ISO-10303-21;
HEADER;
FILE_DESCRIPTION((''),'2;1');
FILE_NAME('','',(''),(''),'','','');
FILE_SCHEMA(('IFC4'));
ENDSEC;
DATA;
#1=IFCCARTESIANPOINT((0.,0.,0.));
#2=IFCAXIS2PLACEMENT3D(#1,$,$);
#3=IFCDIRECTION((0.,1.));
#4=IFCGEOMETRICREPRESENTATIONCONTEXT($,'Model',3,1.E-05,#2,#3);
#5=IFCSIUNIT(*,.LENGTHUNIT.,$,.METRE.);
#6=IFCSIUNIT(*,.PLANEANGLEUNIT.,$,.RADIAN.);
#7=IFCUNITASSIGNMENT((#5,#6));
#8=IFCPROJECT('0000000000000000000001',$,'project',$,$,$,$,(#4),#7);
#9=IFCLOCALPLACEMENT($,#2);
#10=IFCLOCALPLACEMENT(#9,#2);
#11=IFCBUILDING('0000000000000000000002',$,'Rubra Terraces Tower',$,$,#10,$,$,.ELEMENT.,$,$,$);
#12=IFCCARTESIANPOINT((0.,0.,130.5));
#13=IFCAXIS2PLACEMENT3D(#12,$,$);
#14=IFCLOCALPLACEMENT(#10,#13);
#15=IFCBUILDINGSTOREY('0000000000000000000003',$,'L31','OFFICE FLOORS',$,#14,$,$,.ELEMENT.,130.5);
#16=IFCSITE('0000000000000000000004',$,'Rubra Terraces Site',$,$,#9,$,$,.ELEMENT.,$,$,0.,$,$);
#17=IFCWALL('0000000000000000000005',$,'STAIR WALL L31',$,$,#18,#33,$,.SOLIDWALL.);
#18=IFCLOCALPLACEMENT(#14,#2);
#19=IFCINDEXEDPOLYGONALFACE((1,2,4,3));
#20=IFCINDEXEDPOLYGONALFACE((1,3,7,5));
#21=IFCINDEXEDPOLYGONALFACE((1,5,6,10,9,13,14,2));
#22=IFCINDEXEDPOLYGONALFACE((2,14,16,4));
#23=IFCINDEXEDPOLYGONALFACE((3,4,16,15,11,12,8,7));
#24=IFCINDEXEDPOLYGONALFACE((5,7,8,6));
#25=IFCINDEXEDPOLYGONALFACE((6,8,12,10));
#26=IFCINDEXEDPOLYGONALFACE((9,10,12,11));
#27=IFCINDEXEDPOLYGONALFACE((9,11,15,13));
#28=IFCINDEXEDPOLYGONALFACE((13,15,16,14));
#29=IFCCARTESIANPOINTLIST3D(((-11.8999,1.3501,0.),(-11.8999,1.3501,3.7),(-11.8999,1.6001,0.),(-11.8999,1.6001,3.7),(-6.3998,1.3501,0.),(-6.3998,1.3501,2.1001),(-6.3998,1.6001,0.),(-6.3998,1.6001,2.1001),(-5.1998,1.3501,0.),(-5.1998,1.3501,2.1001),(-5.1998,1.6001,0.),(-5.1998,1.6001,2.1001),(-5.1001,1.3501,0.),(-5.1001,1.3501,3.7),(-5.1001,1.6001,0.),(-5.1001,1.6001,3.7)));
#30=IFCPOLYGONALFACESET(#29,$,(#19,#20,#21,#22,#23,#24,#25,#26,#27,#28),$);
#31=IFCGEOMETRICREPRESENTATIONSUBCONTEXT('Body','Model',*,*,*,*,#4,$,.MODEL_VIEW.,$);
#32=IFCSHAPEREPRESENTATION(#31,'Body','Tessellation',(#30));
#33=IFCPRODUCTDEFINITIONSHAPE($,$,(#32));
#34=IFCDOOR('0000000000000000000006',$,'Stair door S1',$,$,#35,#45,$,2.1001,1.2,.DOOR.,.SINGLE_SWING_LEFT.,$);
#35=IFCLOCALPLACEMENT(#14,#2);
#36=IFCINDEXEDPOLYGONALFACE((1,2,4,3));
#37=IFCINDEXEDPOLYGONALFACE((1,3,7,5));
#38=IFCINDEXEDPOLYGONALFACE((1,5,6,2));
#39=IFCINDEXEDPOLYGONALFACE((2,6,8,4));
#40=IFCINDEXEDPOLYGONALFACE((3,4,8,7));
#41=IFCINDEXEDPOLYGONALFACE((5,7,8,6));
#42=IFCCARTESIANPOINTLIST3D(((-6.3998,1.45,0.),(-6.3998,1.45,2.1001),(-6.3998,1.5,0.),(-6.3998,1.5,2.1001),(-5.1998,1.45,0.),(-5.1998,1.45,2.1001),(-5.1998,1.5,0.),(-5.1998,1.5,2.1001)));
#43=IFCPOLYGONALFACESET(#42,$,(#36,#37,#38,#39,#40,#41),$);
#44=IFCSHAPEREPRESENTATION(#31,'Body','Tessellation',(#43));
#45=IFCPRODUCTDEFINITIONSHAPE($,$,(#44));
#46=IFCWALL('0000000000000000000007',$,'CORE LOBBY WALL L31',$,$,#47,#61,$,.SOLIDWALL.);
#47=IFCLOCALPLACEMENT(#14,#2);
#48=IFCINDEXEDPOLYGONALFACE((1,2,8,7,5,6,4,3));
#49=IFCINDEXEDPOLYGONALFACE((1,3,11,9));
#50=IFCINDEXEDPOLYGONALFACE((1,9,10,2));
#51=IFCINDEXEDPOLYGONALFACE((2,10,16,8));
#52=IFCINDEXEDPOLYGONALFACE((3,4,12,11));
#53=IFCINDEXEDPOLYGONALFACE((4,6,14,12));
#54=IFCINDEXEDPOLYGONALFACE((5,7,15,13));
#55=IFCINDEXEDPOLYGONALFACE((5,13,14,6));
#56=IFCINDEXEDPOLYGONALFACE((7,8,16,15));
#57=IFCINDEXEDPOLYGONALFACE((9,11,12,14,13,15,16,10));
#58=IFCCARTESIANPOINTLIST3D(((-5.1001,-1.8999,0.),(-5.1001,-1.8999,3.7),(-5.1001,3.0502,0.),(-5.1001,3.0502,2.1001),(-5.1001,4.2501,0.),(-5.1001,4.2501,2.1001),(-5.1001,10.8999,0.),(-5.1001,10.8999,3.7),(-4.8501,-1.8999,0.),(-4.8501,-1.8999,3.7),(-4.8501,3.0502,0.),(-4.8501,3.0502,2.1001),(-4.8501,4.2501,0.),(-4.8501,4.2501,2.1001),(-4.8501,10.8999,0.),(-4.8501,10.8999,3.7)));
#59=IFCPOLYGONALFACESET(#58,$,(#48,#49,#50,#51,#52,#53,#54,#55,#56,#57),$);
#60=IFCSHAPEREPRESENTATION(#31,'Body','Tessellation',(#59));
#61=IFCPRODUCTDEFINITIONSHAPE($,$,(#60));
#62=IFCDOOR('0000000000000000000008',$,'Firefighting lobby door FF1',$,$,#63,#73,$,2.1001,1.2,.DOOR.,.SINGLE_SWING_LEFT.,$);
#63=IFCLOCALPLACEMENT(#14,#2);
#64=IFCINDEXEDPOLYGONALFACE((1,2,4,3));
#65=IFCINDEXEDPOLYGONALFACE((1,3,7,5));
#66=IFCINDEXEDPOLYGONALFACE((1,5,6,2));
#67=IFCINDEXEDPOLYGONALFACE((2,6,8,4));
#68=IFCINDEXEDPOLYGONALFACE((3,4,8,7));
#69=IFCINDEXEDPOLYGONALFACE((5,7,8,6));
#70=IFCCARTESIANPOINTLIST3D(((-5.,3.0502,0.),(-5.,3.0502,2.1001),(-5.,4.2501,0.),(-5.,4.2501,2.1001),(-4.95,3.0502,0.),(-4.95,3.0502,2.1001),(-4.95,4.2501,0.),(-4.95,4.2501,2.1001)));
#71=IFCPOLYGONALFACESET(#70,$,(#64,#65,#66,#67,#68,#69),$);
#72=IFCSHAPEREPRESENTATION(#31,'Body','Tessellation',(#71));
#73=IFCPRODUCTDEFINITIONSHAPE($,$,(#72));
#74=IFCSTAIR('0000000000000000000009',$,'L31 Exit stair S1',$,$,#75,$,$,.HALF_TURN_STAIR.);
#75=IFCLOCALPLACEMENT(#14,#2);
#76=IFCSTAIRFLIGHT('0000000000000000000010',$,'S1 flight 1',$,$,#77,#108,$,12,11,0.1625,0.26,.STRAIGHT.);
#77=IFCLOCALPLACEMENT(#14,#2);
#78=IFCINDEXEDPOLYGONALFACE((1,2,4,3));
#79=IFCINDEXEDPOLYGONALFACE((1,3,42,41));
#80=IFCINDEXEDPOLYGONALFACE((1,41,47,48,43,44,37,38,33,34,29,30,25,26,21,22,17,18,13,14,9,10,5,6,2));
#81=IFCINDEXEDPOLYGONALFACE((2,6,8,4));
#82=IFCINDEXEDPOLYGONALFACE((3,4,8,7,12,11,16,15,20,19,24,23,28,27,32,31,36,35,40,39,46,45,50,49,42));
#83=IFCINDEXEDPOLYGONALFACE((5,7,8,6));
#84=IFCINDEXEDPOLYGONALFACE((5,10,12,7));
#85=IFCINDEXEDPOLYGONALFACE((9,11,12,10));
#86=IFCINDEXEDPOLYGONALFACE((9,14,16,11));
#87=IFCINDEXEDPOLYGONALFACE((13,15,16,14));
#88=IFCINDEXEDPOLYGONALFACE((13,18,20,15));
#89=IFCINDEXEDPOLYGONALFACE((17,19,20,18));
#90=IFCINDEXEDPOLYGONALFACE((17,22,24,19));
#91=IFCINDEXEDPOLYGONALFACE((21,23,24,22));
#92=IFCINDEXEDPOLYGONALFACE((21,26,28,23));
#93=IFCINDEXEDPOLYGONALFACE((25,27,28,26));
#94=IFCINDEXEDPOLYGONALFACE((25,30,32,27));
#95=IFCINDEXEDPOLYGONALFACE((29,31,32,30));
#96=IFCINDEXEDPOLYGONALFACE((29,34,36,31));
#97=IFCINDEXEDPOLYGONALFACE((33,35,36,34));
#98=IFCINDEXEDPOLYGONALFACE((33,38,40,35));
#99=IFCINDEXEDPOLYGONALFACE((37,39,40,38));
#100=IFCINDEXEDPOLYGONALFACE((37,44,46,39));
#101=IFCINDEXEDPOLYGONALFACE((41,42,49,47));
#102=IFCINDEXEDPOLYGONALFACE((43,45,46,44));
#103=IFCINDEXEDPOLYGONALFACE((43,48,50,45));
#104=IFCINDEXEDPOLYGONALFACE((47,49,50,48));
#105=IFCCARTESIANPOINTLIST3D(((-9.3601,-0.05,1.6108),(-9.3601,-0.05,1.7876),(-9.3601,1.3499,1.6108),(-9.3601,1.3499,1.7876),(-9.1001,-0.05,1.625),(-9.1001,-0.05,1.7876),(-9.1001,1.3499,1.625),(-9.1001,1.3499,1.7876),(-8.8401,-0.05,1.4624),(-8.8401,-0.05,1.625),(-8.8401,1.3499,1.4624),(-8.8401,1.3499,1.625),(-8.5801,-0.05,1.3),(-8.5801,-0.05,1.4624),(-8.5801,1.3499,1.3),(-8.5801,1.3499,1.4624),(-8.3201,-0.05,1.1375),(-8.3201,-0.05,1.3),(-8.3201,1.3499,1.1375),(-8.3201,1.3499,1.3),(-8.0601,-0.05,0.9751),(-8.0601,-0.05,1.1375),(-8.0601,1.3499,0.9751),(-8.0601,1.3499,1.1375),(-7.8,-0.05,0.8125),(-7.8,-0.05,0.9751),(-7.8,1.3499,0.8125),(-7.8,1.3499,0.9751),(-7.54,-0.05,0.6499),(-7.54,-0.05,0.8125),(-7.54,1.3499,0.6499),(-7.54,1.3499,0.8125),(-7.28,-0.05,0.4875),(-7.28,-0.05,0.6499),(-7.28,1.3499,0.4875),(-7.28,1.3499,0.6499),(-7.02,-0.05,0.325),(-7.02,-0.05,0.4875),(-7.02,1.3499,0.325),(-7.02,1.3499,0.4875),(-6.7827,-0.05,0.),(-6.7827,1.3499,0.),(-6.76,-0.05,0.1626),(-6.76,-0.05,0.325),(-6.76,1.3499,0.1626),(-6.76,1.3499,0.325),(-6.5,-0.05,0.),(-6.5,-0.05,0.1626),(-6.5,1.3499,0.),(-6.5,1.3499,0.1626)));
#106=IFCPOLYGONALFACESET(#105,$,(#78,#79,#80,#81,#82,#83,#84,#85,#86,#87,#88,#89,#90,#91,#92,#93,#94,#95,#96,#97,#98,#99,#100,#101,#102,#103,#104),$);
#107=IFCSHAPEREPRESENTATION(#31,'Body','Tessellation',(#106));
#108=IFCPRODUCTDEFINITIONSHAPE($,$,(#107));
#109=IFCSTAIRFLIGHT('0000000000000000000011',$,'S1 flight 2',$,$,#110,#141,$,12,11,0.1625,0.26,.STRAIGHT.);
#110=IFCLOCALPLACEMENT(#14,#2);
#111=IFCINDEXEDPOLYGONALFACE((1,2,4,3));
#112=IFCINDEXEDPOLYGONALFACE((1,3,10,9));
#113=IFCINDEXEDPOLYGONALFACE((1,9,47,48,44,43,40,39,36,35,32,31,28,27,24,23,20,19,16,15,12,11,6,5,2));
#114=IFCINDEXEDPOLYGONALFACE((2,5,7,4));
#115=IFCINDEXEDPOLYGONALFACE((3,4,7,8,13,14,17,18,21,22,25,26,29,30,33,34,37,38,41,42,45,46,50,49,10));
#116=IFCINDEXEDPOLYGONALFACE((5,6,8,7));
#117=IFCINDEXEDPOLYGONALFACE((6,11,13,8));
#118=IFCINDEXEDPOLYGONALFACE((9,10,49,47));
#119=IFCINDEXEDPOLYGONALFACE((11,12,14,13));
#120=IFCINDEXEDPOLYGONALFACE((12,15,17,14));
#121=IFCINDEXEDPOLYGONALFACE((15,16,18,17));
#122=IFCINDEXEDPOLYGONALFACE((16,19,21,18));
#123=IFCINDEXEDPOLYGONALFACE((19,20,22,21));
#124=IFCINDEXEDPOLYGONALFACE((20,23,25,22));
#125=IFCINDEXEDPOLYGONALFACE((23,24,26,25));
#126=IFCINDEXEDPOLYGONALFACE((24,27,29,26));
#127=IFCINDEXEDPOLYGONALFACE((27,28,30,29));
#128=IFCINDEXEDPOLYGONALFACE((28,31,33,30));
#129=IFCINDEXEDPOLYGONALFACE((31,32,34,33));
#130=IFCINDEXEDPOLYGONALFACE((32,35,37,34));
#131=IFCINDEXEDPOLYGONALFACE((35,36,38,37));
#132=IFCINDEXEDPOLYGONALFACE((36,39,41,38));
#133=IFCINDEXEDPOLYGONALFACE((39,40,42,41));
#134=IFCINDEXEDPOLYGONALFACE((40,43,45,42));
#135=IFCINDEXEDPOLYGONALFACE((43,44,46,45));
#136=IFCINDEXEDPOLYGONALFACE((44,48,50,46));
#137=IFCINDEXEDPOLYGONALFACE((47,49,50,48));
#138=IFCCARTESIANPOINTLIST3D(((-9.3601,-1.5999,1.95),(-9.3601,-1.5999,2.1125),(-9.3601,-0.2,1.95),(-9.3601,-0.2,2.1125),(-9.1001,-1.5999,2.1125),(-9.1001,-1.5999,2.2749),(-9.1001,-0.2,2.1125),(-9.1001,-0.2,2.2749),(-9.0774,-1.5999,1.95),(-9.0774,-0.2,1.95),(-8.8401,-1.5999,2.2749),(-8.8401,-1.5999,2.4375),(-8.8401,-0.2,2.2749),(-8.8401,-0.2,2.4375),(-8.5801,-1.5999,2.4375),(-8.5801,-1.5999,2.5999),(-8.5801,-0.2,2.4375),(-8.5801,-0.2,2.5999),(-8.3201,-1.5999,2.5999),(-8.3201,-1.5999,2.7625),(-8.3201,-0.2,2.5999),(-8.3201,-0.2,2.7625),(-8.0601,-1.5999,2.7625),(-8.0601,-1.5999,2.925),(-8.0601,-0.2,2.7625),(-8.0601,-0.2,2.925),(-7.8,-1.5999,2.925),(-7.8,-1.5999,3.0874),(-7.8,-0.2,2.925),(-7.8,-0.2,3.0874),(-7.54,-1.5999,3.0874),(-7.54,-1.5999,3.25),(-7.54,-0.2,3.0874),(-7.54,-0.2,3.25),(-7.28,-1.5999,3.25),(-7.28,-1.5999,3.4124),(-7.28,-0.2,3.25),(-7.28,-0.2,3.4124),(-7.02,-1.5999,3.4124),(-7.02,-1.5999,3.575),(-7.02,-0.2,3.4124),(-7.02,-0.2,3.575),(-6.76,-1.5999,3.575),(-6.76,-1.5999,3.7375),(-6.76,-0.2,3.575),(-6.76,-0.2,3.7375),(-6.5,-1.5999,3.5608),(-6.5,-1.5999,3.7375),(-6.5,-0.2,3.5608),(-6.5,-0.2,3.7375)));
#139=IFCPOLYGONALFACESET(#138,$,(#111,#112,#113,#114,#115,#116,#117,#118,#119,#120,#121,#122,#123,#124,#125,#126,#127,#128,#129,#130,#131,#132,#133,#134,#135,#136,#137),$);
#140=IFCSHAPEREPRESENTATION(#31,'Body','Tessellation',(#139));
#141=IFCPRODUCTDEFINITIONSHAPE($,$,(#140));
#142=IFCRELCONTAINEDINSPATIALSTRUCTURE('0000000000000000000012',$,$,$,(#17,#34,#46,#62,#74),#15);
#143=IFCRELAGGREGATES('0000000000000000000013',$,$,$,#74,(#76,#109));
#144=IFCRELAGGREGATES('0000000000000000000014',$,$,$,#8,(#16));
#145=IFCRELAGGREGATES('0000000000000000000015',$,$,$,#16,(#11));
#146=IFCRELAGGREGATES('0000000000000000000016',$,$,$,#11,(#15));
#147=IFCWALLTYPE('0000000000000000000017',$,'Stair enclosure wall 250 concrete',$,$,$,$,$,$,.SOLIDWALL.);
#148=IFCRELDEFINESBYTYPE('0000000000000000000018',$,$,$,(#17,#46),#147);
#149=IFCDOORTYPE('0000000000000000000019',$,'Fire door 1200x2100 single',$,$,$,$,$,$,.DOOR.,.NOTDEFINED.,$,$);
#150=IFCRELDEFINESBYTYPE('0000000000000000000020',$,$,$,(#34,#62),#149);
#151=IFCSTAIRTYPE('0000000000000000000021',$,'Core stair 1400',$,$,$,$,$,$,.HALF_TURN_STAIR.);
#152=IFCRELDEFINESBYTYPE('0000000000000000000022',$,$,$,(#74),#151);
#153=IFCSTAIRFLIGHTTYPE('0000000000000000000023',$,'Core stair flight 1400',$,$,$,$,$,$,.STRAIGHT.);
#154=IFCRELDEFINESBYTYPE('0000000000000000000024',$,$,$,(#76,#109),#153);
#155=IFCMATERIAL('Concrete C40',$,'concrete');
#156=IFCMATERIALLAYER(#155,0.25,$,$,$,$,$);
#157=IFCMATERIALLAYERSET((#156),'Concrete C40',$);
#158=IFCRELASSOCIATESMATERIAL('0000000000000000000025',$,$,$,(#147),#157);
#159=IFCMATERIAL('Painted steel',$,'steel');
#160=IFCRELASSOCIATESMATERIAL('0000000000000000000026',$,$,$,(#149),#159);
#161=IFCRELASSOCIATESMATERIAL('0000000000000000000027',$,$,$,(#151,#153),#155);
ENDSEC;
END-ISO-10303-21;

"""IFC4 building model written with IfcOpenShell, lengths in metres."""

from ifc_helpers import new_model, si_unit, direction, frame, frame_2d, origin, place, context, subcontext, project, spatial, polyline, rectangle, outline, extrude, material, layer, layer_set, type_object, element, fill, aggregate, save


model = new_model("IFC4")

# Units and contexts
model_context = context("Model", 3, precision=1e-05, world=origin(), true_north=direction((0.0, 1.0)))
body_context = subcontext(model_context, "Body", "Model", "MODEL_VIEW")
ifc_project = project(units=[si_unit("LENGTHUNIT", "METRE"), si_unit("PLANEANGLEUNIT", "RADIAN")], contexts=[model_context])

# Site, building, storey
site_placement = place(None, origin())
site = spatial("IfcSite", under=ifc_project, at=site_placement, Name="Rubra Terraces Site", CompositionType="ELEMENT", RefElevation=0.0)
building_placement = place(site_placement, origin())
building = spatial("IfcBuilding", under=site, at=building_placement, Name="Rubra Terraces Tower", CompositionType="ELEMENT")
storey_placement = place(building_placement, frame((0.0, 0.0, 130.5)))
storey = spatial("IfcBuildingStorey", under=building, at=storey_placement, Name="L31", Description="OFFICE FLOORS", CompositionType="ELEMENT", Elevation=130.5)

# Shared definitions
ifc_material_1 = material(Name="Painted steel", Category="steel")

# Shared definitions
ifc_material_2 = material(Name="Concrete C40", Category="concrete")

# Walls, openings, doors
ifc_layer_1 = layer(ifc_material_2, 0.25)
ifc_layer_set_1 = layer_set([ifc_layer_1], Name="Concrete C40")
wall_type_1 = type_object("IfcWallType", Name="Stair enclosure wall 250 concrete", PredefinedType="SOLIDWALL", material=ifc_layer_set_1)
wall_1_placement = place(storey_placement, frame((-11.8999, 1.4751, 0.0), z_axis=(0.0, 0.0, 1.0), x_axis=(1.0, 0.0, 0.0)))
wall_1 = element("IfcWall", 1, at=wall_1_placement, inside=storey, type_object=wall_type_1, Name="STAIR WALL L31", PredefinedType="SOLIDWALL", context=body_context, shape_type="SweptSolid", body=[
    extrude(rectangle(XDim=6.7998, YDim=0.25, at=frame_2d((3.3999, 0.0))), origin(), (0.0, 0.0, 1.0), 3.7),
])
opening_1_placement = place(wall_1_placement, frame((5.5, 0.0, 0.0)))
opening_1 = element("IfcOpeningElement", 2, at=opening_1_placement, cuts=wall_1, PredefinedType="OPENING", context=body_context, shape_type="SweptSolid", body=[
    extrude(rectangle(XDim=1.2, YDim=2.1001, at=frame_2d((0.6001, 1.05))), frame((0.0, 0.135, 0.0), z_axis=(0.0, -1.0, 0.0), x_axis=(1.0, 0.0, 0.0)), (0.0, 0.0, 1.0), 0.27),
])
door_type_1 = type_object("IfcDoorType", Name="Fire door 1200x2100 single", OperationType="NOTDEFINED", PredefinedType="DOOR", material=ifc_material_1)
door_1_placement = place(opening_1_placement, origin())
door_1 = element("IfcDoor", 3, at=door_1_placement, inside=storey, type_object=door_type_1, Name="Stair door S1", OperationType="SINGLE_SWING_LEFT", OverallHeight=2.1001, OverallWidth=1.2, PredefinedType="DOOR", context=body_context, shape_type="SweptSolid", body=[
    extrude(rectangle(XDim=1.2, YDim=2.1001, at=frame_2d((0.6001, 1.05))), frame((0.0, 0.0249, 0.0), z_axis=(0.0, -1.0, 0.0), x_axis=(1.0, 0.0, 0.0)), (0.0, 0.0, 1.0), 0.05),
])
fill(opening_1, door_1)
wall_2_placement = place(storey_placement, frame((-4.9751, -1.8999, 0.0), z_axis=(0.0, 0.0, 1.0), x_axis=(0.0, 1.0, 0.0)))
wall_2 = element("IfcWall", 4, at=wall_2_placement, inside=storey, type_object=wall_type_1, Name="CORE LOBBY WALL L31", PredefinedType="SOLIDWALL", context=body_context, shape_type="SweptSolid", body=[
    extrude(rectangle(XDim=12.7998, YDim=0.25, at=frame_2d((6.3999, 0.0))), origin(), (0.0, 0.0, 1.0), 3.7),
])
opening_2_placement = place(wall_2_placement, frame((4.95, 0.0, 0.0)))
opening_2 = element("IfcOpeningElement", 5, at=opening_2_placement, cuts=wall_2, PredefinedType="OPENING", context=body_context, shape_type="SweptSolid", body=[
    extrude(rectangle(XDim=1.2, YDim=2.1001, at=frame_2d((0.6001, 1.05))), frame((0.0, 0.135, 0.0), z_axis=(0.0, -1.0, 0.0), x_axis=(1.0, 0.0, 0.0)), (0.0, 0.0, 1.0), 0.27),
])
door_2_placement = place(opening_2_placement, origin())
door_2 = element("IfcDoor", 6, at=door_2_placement, inside=storey, type_object=door_type_1, Name="Firefighting lobby door FF1", OperationType="SINGLE_SWING_LEFT", OverallHeight=2.1001, OverallWidth=1.2, PredefinedType="DOOR", context=body_context, shape_type="SweptSolid", body=[
    extrude(rectangle(XDim=1.2, YDim=2.1001, at=frame_2d((0.6001, 1.05))), frame((0.0, 0.0249, 0.0), z_axis=(0.0, -1.0, 0.0), x_axis=(1.0, 0.0, 0.0)), (0.0, 0.0, 1.0), 0.05),
])
fill(opening_2, door_2)

# Stair, stair flights
stair_type = type_object("IfcStairType", Name="Core stair 1400", PredefinedType="HALF_TURN_STAIR", material=ifc_material_2)
stair_placement = place(storey_placement, origin())
stair = element("IfcStair", 7, at=stair_placement, inside=storey, type_object=stair_type, Name="L31 Exit stair S1", PredefinedType="HALF_TURN_STAIR")
stair_flight_type = type_object("IfcStairFlightType", Name="Core stair flight 1400", PredefinedType="STRAIGHT", material=ifc_material_2)
stair_flight_1_placement = place(storey_placement, frame((-6.5, 0.6499, 0.0), z_axis=(0.0, 0.0, 1.0), x_axis=(-1.0, 0.0, 0.0)))
stair_flight_1 = element("IfcStairFlight", 8, at=stair_flight_1_placement, type_object=stair_flight_type, Name="S1 flight 1", NumberOfRisers=12, NumberOfTreads=11, PredefinedType="STRAIGHT", RiserHeight=0.1625, TreadLength=0.26, context=body_context, shape_type="SweptSolid", body=[
    extrude(outline(polyline([(0.0, 0.0), (0.0, 0.1626), (0.26, 0.1626), (0.26, 0.325), (0.52, 0.325), (0.52, 0.4875), (0.78, 0.4875), (0.78, 0.6499), (1.04, 0.6499), (1.04, 0.8125), (1.3, 0.8125), (1.3, 0.9751), (1.5601, 0.9751), (1.5601, 1.1375), (1.8201, 1.1375), (1.8201, 1.3), (2.0801, 1.3), (2.0801, 1.4624), (2.3401, 1.4624), (2.3401, 1.625), (2.6001, 1.625), (2.6001, 1.7876), (2.8601, 1.7876), (2.8601, 1.95), (2.8601, 1.6108), (0.2827, 0.0), (0.0, 0.0)])), frame((0.0, 0.7, 0.0), z_axis=(0.0, -1.0, 0.0), x_axis=(1.0, 0.0, 0.0)), (0.0, 0.0, 1.0), 1.3999),
])
stair_flight_2_placement = place(storey_placement, frame((-9.3601, -0.8999, 1.95), z_axis=(0.0, 0.0, 1.0), x_axis=(1.0, 0.0, 0.0)))
stair_flight_2 = element("IfcStairFlight", 9, at=stair_flight_2_placement, type_object=stair_flight_type, Name="S1 flight 2", NumberOfRisers=12, NumberOfTreads=11, PredefinedType="STRAIGHT", RiserHeight=0.1625, TreadLength=0.26, context=body_context, shape_type="SweptSolid", body=[
    extrude(outline(polyline([(0.0, 0.0), (0.0, 0.1626), (0.26, 0.1626), (0.26, 0.325), (0.52, 0.325), (0.52, 0.4875), (0.78, 0.4875), (0.78, 0.6499), (1.04, 0.6499), (1.04, 0.8125), (1.3, 0.8125), (1.3, 0.9751), (1.5601, 0.9751), (1.5601, 1.1375), (1.8201, 1.1375), (1.8201, 1.3), (2.0801, 1.3), (2.0801, 1.4624), (2.3401, 1.4624), (2.3401, 1.625), (2.6001, 1.625), (2.6001, 1.7876), (2.8601, 1.7876), (2.8601, 1.95), (2.8601, 1.6108), (0.2827, 0.0), (0.0, 0.0)])), frame((0.0, 0.7, 0.0), z_axis=(0.0, -1.0, 0.0), x_axis=(1.0, 0.0, 0.0)), (0.0, 0.0, 1.0), 1.3999),
])
aggregate(stair, [stair_flight_1, stair_flight_2])

save(model, "model.ifc")
